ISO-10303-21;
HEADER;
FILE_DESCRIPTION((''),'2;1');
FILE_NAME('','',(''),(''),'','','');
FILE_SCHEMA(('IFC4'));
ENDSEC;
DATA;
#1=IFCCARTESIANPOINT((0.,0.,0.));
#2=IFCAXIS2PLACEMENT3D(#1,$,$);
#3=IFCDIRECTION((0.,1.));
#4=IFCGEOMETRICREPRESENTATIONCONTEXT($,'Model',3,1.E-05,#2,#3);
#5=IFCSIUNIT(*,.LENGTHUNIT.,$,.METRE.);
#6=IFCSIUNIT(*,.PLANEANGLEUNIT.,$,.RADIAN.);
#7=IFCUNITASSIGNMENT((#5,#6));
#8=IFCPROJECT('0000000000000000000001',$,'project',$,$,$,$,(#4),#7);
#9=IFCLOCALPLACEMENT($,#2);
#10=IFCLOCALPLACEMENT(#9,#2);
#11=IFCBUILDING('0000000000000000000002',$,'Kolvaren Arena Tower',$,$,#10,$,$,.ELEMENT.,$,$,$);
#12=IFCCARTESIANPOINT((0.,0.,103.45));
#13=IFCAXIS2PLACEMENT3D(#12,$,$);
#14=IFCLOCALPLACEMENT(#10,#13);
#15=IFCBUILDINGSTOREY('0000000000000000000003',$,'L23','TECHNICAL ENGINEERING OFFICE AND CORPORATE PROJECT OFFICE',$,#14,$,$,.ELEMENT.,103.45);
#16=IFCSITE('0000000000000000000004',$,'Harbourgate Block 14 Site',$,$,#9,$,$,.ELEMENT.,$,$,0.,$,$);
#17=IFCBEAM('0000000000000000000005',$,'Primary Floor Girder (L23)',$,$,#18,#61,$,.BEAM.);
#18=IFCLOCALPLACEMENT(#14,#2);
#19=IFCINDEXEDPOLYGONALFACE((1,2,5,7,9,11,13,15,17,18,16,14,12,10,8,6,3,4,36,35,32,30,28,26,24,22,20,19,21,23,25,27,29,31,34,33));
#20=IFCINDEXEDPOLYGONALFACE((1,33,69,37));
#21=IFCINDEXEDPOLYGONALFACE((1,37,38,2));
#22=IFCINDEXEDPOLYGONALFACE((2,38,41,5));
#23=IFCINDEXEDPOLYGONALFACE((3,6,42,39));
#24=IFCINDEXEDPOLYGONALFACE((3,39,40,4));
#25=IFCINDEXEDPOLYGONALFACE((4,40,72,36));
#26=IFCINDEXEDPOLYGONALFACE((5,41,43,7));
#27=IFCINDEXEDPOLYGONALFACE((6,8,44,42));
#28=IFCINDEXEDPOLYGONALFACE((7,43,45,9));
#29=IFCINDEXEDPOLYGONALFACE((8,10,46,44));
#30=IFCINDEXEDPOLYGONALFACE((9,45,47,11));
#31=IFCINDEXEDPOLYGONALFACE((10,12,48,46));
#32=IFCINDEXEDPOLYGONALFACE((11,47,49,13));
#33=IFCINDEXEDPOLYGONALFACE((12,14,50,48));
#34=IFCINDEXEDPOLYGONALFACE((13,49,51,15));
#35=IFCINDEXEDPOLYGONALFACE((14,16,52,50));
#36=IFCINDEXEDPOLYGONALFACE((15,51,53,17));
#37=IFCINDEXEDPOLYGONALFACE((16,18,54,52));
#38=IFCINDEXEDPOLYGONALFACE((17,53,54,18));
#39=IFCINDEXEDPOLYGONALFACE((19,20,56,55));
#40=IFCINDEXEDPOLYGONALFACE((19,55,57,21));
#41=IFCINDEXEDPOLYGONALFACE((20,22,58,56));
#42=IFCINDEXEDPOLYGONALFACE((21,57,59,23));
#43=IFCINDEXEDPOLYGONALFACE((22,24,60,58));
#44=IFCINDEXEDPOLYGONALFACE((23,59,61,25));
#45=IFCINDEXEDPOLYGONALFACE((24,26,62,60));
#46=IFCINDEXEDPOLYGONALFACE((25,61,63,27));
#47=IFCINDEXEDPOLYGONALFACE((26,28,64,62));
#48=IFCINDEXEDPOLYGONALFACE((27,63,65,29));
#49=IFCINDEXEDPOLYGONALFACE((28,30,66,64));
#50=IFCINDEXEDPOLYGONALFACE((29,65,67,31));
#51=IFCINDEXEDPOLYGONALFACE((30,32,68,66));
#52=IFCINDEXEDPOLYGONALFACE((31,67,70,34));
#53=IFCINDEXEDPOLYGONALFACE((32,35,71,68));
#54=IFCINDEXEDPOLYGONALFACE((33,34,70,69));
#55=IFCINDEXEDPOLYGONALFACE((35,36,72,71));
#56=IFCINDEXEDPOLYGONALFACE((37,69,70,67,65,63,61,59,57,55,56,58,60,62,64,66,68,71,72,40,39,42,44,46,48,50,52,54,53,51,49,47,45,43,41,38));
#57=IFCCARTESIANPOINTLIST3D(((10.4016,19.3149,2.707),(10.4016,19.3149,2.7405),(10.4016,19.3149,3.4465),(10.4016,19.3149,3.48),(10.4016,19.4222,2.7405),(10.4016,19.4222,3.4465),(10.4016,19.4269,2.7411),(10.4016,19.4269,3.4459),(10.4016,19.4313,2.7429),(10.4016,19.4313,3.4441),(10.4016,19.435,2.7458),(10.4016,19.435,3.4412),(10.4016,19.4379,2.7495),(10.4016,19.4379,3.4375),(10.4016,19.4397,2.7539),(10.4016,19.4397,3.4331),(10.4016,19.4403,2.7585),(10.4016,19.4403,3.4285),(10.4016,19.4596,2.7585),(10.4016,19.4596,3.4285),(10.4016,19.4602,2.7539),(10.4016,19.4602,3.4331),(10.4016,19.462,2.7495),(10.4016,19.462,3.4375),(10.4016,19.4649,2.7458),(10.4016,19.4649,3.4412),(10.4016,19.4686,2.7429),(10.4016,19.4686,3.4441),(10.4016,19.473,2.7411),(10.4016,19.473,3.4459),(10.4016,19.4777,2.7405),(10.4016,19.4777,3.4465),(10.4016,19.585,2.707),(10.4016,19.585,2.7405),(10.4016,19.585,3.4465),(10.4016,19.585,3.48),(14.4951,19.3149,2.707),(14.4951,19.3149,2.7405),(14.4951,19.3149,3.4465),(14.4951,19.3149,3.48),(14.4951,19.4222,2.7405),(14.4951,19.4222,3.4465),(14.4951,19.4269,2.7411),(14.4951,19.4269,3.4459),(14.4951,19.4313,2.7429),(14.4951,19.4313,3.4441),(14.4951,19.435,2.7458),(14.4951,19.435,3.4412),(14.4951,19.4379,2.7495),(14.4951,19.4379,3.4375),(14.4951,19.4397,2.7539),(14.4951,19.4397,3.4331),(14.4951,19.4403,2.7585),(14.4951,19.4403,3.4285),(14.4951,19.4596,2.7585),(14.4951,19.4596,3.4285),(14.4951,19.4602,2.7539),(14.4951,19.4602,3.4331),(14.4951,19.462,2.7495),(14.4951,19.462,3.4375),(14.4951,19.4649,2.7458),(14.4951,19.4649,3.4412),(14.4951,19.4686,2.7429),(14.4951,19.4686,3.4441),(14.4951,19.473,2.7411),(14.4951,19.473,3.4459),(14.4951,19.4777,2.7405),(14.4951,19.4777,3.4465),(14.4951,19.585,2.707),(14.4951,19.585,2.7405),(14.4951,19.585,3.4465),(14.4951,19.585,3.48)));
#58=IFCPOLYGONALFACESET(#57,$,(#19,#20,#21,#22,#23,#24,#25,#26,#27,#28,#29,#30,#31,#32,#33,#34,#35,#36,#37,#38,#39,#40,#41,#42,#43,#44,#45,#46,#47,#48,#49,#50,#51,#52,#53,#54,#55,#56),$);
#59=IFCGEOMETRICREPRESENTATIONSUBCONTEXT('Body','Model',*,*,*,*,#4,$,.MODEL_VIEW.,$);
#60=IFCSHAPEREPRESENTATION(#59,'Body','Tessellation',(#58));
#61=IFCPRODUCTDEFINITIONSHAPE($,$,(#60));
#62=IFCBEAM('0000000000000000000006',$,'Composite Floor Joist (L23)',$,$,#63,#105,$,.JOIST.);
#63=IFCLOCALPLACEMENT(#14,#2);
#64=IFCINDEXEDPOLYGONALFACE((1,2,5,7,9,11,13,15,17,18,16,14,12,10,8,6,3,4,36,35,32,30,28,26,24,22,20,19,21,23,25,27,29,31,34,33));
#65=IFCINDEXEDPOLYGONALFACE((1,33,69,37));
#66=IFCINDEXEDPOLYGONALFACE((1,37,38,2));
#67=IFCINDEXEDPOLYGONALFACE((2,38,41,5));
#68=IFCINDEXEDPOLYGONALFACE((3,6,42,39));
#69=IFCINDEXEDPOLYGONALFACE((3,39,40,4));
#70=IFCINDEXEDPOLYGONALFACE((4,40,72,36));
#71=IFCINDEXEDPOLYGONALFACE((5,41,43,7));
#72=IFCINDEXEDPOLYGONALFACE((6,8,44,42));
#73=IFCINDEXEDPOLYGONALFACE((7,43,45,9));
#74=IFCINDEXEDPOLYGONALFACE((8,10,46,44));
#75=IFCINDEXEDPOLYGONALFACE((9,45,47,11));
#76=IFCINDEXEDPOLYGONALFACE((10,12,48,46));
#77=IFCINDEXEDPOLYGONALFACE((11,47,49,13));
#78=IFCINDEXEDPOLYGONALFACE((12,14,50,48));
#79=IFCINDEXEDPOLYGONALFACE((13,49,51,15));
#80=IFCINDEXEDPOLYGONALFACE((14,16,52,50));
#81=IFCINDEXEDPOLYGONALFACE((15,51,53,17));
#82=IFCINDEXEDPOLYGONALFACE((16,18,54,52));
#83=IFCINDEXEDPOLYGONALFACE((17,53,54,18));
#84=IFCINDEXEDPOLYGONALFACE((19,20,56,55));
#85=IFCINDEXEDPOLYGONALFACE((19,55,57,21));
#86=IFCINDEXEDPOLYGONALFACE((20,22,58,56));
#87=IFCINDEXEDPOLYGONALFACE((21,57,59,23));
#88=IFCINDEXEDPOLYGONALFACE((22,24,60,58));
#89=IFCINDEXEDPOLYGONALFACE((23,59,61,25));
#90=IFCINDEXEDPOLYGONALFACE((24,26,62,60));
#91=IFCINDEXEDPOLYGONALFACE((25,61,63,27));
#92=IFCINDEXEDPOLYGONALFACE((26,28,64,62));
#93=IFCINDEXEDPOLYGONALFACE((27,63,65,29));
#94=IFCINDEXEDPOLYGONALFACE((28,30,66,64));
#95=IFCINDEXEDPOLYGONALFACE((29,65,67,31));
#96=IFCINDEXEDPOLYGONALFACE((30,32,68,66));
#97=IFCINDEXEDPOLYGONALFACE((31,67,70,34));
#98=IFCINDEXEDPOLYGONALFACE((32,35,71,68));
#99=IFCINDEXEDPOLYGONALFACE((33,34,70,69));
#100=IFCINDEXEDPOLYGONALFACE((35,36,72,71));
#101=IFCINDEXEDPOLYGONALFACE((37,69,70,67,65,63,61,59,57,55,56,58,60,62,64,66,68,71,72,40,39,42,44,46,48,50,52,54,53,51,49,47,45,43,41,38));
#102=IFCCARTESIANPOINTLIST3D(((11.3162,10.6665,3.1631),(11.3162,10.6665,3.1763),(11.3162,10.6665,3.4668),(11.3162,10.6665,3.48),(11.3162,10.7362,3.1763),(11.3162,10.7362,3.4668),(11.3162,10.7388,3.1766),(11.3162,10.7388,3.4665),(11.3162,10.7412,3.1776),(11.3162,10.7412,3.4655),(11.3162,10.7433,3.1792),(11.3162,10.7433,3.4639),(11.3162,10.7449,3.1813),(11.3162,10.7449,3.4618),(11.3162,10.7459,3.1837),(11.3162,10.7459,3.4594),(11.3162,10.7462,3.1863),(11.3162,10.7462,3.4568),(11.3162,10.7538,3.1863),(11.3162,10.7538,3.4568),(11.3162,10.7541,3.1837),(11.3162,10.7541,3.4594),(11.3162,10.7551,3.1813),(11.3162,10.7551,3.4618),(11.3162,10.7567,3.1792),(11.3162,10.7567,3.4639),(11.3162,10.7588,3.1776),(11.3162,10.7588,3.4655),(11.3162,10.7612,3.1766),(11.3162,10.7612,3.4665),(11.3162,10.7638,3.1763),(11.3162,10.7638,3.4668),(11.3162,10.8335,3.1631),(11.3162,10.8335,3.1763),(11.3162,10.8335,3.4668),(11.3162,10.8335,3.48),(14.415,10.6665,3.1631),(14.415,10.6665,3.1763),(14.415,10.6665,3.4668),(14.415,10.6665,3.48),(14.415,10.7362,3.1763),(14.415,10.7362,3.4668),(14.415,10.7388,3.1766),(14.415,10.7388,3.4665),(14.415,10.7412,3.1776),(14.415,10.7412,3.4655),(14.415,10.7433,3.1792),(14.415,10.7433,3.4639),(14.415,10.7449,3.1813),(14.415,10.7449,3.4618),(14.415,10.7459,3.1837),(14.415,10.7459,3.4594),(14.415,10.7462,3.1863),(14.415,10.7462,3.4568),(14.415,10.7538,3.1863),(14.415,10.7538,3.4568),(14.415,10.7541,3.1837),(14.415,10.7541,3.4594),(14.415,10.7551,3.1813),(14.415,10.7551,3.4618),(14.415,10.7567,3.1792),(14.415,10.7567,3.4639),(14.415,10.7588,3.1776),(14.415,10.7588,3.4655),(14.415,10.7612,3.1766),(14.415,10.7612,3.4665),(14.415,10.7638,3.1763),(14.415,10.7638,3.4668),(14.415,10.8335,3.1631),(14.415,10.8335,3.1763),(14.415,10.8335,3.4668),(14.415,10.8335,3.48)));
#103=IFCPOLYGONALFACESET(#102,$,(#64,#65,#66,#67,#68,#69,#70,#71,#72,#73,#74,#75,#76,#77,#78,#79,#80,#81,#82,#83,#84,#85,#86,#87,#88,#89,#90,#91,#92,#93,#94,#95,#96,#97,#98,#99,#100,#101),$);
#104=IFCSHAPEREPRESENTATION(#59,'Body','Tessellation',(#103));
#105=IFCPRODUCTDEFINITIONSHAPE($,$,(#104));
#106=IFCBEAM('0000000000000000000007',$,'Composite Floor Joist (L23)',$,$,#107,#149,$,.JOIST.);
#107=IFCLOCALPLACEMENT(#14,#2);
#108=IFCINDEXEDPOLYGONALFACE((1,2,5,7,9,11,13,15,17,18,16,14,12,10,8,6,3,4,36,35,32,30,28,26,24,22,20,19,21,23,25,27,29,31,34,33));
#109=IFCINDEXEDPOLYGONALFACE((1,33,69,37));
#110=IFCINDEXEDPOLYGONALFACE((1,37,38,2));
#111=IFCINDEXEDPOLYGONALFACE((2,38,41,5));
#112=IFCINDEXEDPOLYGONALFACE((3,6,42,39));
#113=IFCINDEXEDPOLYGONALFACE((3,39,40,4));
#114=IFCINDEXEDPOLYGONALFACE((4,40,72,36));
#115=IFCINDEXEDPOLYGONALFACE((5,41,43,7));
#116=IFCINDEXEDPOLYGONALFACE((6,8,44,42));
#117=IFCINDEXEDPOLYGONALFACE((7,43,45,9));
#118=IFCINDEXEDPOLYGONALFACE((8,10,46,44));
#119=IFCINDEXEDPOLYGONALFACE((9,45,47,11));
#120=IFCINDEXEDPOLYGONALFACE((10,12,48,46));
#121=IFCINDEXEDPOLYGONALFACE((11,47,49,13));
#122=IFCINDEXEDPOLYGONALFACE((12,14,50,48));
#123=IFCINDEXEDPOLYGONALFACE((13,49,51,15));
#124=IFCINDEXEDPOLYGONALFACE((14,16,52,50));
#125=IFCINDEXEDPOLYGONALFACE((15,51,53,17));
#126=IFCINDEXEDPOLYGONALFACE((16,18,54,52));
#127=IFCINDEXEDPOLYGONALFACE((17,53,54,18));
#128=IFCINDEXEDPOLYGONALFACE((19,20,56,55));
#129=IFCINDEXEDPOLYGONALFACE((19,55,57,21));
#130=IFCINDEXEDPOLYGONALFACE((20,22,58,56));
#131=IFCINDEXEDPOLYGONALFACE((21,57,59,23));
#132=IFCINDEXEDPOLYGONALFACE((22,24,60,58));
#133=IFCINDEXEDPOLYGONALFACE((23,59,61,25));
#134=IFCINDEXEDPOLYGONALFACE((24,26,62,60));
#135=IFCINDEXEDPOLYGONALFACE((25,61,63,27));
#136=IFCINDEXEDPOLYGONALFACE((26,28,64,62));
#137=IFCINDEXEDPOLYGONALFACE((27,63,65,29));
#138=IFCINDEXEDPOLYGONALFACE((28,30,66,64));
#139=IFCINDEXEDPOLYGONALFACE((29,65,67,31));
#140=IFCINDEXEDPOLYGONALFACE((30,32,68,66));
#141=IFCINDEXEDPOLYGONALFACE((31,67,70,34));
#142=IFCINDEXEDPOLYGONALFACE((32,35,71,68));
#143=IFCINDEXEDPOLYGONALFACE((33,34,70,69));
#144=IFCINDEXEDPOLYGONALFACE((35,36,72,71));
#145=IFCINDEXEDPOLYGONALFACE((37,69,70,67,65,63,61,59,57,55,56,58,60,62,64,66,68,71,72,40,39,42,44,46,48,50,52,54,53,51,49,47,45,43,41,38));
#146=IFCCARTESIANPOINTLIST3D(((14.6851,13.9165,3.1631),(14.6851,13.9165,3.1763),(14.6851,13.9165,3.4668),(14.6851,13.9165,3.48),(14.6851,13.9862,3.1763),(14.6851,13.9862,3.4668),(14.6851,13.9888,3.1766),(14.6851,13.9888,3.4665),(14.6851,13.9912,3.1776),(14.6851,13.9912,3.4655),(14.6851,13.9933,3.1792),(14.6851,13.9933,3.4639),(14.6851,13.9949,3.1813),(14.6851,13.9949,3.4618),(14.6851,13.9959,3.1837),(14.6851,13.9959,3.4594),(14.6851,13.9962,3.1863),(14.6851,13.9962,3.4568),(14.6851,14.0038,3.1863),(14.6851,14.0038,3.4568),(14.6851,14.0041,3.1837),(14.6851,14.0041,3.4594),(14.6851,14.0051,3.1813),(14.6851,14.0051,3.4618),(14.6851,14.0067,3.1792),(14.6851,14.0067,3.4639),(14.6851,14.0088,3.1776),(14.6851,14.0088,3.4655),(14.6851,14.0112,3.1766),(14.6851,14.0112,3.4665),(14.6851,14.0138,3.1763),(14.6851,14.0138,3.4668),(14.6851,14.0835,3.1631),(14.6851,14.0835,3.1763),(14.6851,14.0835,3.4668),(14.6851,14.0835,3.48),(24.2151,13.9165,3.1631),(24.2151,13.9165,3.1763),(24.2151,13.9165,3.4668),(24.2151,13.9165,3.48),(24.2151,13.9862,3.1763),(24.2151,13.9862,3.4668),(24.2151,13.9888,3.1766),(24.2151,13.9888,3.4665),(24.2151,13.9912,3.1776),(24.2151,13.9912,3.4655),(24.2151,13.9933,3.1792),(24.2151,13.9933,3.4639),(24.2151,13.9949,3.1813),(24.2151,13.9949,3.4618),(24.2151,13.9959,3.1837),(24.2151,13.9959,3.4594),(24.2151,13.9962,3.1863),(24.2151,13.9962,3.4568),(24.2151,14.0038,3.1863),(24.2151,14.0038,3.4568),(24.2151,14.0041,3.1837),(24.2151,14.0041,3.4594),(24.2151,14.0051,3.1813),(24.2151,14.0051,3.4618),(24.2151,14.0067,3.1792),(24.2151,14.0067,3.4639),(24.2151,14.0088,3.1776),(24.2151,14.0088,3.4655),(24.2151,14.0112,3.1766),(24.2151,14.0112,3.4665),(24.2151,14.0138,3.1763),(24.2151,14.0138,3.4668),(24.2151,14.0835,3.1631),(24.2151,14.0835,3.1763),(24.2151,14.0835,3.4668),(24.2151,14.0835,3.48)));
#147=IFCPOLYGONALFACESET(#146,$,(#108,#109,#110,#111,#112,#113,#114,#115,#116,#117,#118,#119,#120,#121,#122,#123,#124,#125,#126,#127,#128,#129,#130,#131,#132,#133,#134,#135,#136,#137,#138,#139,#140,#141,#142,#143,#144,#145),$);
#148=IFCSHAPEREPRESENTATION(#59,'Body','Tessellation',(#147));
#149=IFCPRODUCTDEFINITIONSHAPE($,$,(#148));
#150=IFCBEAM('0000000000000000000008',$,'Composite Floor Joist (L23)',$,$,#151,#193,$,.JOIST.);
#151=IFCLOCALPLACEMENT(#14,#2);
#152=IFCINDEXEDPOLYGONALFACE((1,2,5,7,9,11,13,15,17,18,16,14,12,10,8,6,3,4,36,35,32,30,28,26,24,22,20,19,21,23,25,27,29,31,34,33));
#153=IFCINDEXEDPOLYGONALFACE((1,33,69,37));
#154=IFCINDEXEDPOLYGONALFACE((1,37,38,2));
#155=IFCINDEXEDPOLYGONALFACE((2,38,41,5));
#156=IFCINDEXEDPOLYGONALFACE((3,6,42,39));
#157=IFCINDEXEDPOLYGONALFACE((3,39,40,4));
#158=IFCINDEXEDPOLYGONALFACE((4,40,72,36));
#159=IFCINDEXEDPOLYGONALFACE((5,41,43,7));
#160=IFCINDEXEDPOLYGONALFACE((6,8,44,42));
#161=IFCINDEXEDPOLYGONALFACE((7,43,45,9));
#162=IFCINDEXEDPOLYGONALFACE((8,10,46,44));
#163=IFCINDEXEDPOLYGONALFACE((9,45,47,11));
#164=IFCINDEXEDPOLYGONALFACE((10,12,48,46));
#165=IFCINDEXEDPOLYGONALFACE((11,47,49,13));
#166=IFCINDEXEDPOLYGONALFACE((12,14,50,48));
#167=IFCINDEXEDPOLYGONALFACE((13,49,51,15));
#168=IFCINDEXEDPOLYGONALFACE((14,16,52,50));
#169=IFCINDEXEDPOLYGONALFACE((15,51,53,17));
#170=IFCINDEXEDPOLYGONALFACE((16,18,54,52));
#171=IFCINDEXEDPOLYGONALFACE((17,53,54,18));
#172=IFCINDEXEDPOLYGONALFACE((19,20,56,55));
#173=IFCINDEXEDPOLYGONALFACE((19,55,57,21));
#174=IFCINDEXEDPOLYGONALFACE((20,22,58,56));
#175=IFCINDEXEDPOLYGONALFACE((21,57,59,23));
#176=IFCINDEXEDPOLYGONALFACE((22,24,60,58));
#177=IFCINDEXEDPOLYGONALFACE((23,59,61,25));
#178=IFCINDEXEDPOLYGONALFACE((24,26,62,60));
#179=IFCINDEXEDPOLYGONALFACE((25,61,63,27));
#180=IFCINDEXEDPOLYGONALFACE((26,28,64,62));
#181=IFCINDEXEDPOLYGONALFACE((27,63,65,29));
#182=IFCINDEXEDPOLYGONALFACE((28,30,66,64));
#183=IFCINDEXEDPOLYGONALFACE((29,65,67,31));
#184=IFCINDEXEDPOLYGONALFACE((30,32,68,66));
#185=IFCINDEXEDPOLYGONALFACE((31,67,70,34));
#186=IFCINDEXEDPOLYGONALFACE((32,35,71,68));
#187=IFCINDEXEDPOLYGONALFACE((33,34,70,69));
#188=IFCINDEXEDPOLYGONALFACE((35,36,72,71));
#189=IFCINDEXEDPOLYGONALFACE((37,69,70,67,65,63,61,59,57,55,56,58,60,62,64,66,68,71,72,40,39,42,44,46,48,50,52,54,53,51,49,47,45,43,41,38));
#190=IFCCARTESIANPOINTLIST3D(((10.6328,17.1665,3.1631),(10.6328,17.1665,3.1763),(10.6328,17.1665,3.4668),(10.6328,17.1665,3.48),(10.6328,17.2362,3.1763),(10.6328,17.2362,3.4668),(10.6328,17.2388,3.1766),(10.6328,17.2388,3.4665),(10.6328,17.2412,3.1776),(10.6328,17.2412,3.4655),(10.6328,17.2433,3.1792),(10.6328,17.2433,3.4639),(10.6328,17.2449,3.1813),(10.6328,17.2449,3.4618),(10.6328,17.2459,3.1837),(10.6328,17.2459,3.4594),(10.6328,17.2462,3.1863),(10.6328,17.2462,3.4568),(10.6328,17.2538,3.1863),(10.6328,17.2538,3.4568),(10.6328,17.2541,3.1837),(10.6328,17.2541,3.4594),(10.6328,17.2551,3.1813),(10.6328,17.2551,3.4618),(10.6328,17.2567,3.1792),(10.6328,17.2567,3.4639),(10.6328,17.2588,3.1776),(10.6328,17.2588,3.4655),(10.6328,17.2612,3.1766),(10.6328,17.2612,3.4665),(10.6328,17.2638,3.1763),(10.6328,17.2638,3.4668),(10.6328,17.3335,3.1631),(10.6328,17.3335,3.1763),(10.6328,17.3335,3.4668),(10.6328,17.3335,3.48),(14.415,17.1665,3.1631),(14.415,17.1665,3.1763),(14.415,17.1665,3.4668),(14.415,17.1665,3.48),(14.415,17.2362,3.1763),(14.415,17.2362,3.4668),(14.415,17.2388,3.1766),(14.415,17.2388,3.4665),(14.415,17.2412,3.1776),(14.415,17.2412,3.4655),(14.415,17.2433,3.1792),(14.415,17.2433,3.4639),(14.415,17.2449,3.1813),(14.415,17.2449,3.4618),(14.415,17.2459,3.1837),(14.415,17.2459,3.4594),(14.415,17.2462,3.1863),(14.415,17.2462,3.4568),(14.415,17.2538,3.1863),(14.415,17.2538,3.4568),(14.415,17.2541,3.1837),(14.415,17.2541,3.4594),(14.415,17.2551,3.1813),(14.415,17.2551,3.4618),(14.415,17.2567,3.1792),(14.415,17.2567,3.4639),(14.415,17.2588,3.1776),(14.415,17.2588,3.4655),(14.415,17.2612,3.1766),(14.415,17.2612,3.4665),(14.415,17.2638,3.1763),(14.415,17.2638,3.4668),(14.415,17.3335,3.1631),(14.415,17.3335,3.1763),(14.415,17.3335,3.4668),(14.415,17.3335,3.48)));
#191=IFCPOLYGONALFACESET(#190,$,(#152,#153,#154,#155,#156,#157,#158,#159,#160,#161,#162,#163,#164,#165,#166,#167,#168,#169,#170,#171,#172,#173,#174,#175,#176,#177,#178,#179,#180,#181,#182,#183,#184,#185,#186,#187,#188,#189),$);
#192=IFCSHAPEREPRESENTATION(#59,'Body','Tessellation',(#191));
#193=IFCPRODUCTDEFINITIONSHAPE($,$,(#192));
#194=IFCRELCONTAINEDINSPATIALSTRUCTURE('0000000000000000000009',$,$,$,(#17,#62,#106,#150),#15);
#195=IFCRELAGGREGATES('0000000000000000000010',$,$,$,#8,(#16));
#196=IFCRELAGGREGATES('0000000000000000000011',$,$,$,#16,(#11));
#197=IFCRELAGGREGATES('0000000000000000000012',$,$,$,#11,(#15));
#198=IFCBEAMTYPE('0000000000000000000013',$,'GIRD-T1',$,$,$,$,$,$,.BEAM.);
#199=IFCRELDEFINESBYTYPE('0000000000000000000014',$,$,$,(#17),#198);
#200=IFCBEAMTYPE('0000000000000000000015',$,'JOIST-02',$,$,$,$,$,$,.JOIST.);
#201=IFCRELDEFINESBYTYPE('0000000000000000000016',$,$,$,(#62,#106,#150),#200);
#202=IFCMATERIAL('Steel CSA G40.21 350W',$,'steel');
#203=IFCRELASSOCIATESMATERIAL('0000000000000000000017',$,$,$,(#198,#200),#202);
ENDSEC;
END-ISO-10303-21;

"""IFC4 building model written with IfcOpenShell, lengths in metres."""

from ifc_helpers import new_model, si_unit, direction, frame, origin, origin_2d, place, context, subcontext, project, spatial, i_section, extrude, material, material_profile, profile_set, type_object, element, save


model = new_model("IFC4")

# Units and contexts
model_context = context("Model", 3, precision=1e-05, world=origin(), true_north=direction((0.0, 1.0)))
body_context = subcontext(model_context, "Body", "Model", "MODEL_VIEW")
ifc_project = project(units=[si_unit("LENGTHUNIT", "METRE"), si_unit("PLANEANGLEUNIT", "RADIAN")], contexts=[model_context])

# Site, building, storey
site_placement = place(None, origin())
site = spatial("IfcSite", under=ifc_project, at=site_placement, Name="Harbourgate Block 14 Site", CompositionType="ELEMENT", RefElevation=0.0)
building_placement = place(site_placement, origin())
building = spatial("IfcBuilding", under=site, at=building_placement, Name="Kolvaren Arena Tower", CompositionType="ELEMENT")
storey_placement = place(building_placement, frame((0.0, 0.0, 103.45)))
storey = spatial("IfcBuildingStorey", under=building, at=storey_placement, Name="L23", Description="TECHNICAL ENGINEERING OFFICE AND CORPORATE PROJECT OFFICE", CompositionType="ELEMENT", Elevation=103.45)

# Beams
ifc_material_1 = material(Name="Steel CSA G40.21 350W", Category="steel")
ifc_material_profile_1 = material_profile(ifc_material_1, i_section(OverallWidth=0.27, OverallDepth=0.7729, WebThickness=0.0193, FlangeThickness=0.0334, FilletRadius=0.0181, at=origin_2d()), Name="W760x257")
ifc_profile_set_1 = profile_set([ifc_material_profile_1], Name="Steel CSA G40.21 350W")
beam_type_1 = type_object("IfcBeamType", Name="GIRD-T1", PredefinedType="BEAM", material=ifc_profile_set_1)
beam_1_placement = place(storey_placement, frame((10.4016, 19.45, 3.0935), z_axis=(1.0, 0.0, 0.0), x_axis=(0.0, 1.0, 0.0)))
element("IfcBeam", 1, at=beam_1_placement, inside=storey, type_object=beam_type_1, Name="Primary Floor Girder (L23)", PredefinedType="BEAM", context=body_context, shape_type="SweptSolid", body=[
    extrude(i_section(OverallWidth=0.27, OverallDepth=0.7729, WebThickness=0.0193, FlangeThickness=0.0334, FilletRadius=0.0181, at=origin_2d()), origin(), (0.0, 0.0, 1.0), 4.0935),
])
ifc_material_profile_2 = material_profile(ifc_material_1, i_section(OverallWidth=0.167, OverallDepth=0.3169, WebThickness=0.0076, FlangeThickness=0.0132, FilletRadius=0.01, at=origin_2d()), Name="W310x52")
ifc_profile_set_2 = profile_set([ifc_material_profile_2], Name="Steel CSA G40.21 350W")
beam_type_2 = type_object("IfcBeamType", Name="JOIST-02", PredefinedType="JOIST", material=ifc_profile_set_2)
beam_2_placement = place(storey_placement, frame((11.3162, 10.75, 3.3215), z_axis=(1.0, 0.0, 0.0), x_axis=(0.0, 1.0, 0.0)))
element("IfcBeam", 2, at=beam_2_placement, inside=storey, type_object=beam_type_2, Name="Composite Floor Joist (L23)", PredefinedType="JOIST", context=body_context, shape_type="SweptSolid", body=[
    extrude(i_section(OverallWidth=0.167, OverallDepth=0.3169, WebThickness=0.0076, FlangeThickness=0.0132, FilletRadius=0.01, at=origin_2d()), origin(), (0.0, 0.0, 1.0), 3.0989),
])
beam_3_placement = place(storey_placement, frame((14.6851, 14.0, 3.3215), z_axis=(1.0, 0.0, 0.0), x_axis=(0.0, 1.0, 0.0)))
element("IfcBeam", 3, at=beam_3_placement, inside=storey, type_object=beam_type_2, Name="Composite Floor Joist (L23)", PredefinedType="JOIST", context=body_context, shape_type="SweptSolid", body=[
    extrude(i_section(OverallWidth=0.167, OverallDepth=0.3169, WebThickness=0.0076, FlangeThickness=0.0132, FilletRadius=0.01, at=origin_2d()), origin(), (0.0, 0.0, 1.0), 9.53),
])
beam_4_placement = place(storey_placement, frame((10.6328, 17.25, 3.3215), z_axis=(1.0, 0.0, 0.0), x_axis=(0.0, 1.0, 0.0)))
element("IfcBeam", 4, at=beam_4_placement, inside=storey, type_object=beam_type_2, Name="Composite Floor Joist (L23)", PredefinedType="JOIST", context=body_context, shape_type="SweptSolid", body=[
    extrude(i_section(OverallWidth=0.167, OverallDepth=0.3169, WebThickness=0.0076, FlangeThickness=0.0132, FilletRadius=0.01, at=origin_2d()), origin(), (0.0, 0.0, 1.0), 3.7822),
])

save(model, "model.ifc")
